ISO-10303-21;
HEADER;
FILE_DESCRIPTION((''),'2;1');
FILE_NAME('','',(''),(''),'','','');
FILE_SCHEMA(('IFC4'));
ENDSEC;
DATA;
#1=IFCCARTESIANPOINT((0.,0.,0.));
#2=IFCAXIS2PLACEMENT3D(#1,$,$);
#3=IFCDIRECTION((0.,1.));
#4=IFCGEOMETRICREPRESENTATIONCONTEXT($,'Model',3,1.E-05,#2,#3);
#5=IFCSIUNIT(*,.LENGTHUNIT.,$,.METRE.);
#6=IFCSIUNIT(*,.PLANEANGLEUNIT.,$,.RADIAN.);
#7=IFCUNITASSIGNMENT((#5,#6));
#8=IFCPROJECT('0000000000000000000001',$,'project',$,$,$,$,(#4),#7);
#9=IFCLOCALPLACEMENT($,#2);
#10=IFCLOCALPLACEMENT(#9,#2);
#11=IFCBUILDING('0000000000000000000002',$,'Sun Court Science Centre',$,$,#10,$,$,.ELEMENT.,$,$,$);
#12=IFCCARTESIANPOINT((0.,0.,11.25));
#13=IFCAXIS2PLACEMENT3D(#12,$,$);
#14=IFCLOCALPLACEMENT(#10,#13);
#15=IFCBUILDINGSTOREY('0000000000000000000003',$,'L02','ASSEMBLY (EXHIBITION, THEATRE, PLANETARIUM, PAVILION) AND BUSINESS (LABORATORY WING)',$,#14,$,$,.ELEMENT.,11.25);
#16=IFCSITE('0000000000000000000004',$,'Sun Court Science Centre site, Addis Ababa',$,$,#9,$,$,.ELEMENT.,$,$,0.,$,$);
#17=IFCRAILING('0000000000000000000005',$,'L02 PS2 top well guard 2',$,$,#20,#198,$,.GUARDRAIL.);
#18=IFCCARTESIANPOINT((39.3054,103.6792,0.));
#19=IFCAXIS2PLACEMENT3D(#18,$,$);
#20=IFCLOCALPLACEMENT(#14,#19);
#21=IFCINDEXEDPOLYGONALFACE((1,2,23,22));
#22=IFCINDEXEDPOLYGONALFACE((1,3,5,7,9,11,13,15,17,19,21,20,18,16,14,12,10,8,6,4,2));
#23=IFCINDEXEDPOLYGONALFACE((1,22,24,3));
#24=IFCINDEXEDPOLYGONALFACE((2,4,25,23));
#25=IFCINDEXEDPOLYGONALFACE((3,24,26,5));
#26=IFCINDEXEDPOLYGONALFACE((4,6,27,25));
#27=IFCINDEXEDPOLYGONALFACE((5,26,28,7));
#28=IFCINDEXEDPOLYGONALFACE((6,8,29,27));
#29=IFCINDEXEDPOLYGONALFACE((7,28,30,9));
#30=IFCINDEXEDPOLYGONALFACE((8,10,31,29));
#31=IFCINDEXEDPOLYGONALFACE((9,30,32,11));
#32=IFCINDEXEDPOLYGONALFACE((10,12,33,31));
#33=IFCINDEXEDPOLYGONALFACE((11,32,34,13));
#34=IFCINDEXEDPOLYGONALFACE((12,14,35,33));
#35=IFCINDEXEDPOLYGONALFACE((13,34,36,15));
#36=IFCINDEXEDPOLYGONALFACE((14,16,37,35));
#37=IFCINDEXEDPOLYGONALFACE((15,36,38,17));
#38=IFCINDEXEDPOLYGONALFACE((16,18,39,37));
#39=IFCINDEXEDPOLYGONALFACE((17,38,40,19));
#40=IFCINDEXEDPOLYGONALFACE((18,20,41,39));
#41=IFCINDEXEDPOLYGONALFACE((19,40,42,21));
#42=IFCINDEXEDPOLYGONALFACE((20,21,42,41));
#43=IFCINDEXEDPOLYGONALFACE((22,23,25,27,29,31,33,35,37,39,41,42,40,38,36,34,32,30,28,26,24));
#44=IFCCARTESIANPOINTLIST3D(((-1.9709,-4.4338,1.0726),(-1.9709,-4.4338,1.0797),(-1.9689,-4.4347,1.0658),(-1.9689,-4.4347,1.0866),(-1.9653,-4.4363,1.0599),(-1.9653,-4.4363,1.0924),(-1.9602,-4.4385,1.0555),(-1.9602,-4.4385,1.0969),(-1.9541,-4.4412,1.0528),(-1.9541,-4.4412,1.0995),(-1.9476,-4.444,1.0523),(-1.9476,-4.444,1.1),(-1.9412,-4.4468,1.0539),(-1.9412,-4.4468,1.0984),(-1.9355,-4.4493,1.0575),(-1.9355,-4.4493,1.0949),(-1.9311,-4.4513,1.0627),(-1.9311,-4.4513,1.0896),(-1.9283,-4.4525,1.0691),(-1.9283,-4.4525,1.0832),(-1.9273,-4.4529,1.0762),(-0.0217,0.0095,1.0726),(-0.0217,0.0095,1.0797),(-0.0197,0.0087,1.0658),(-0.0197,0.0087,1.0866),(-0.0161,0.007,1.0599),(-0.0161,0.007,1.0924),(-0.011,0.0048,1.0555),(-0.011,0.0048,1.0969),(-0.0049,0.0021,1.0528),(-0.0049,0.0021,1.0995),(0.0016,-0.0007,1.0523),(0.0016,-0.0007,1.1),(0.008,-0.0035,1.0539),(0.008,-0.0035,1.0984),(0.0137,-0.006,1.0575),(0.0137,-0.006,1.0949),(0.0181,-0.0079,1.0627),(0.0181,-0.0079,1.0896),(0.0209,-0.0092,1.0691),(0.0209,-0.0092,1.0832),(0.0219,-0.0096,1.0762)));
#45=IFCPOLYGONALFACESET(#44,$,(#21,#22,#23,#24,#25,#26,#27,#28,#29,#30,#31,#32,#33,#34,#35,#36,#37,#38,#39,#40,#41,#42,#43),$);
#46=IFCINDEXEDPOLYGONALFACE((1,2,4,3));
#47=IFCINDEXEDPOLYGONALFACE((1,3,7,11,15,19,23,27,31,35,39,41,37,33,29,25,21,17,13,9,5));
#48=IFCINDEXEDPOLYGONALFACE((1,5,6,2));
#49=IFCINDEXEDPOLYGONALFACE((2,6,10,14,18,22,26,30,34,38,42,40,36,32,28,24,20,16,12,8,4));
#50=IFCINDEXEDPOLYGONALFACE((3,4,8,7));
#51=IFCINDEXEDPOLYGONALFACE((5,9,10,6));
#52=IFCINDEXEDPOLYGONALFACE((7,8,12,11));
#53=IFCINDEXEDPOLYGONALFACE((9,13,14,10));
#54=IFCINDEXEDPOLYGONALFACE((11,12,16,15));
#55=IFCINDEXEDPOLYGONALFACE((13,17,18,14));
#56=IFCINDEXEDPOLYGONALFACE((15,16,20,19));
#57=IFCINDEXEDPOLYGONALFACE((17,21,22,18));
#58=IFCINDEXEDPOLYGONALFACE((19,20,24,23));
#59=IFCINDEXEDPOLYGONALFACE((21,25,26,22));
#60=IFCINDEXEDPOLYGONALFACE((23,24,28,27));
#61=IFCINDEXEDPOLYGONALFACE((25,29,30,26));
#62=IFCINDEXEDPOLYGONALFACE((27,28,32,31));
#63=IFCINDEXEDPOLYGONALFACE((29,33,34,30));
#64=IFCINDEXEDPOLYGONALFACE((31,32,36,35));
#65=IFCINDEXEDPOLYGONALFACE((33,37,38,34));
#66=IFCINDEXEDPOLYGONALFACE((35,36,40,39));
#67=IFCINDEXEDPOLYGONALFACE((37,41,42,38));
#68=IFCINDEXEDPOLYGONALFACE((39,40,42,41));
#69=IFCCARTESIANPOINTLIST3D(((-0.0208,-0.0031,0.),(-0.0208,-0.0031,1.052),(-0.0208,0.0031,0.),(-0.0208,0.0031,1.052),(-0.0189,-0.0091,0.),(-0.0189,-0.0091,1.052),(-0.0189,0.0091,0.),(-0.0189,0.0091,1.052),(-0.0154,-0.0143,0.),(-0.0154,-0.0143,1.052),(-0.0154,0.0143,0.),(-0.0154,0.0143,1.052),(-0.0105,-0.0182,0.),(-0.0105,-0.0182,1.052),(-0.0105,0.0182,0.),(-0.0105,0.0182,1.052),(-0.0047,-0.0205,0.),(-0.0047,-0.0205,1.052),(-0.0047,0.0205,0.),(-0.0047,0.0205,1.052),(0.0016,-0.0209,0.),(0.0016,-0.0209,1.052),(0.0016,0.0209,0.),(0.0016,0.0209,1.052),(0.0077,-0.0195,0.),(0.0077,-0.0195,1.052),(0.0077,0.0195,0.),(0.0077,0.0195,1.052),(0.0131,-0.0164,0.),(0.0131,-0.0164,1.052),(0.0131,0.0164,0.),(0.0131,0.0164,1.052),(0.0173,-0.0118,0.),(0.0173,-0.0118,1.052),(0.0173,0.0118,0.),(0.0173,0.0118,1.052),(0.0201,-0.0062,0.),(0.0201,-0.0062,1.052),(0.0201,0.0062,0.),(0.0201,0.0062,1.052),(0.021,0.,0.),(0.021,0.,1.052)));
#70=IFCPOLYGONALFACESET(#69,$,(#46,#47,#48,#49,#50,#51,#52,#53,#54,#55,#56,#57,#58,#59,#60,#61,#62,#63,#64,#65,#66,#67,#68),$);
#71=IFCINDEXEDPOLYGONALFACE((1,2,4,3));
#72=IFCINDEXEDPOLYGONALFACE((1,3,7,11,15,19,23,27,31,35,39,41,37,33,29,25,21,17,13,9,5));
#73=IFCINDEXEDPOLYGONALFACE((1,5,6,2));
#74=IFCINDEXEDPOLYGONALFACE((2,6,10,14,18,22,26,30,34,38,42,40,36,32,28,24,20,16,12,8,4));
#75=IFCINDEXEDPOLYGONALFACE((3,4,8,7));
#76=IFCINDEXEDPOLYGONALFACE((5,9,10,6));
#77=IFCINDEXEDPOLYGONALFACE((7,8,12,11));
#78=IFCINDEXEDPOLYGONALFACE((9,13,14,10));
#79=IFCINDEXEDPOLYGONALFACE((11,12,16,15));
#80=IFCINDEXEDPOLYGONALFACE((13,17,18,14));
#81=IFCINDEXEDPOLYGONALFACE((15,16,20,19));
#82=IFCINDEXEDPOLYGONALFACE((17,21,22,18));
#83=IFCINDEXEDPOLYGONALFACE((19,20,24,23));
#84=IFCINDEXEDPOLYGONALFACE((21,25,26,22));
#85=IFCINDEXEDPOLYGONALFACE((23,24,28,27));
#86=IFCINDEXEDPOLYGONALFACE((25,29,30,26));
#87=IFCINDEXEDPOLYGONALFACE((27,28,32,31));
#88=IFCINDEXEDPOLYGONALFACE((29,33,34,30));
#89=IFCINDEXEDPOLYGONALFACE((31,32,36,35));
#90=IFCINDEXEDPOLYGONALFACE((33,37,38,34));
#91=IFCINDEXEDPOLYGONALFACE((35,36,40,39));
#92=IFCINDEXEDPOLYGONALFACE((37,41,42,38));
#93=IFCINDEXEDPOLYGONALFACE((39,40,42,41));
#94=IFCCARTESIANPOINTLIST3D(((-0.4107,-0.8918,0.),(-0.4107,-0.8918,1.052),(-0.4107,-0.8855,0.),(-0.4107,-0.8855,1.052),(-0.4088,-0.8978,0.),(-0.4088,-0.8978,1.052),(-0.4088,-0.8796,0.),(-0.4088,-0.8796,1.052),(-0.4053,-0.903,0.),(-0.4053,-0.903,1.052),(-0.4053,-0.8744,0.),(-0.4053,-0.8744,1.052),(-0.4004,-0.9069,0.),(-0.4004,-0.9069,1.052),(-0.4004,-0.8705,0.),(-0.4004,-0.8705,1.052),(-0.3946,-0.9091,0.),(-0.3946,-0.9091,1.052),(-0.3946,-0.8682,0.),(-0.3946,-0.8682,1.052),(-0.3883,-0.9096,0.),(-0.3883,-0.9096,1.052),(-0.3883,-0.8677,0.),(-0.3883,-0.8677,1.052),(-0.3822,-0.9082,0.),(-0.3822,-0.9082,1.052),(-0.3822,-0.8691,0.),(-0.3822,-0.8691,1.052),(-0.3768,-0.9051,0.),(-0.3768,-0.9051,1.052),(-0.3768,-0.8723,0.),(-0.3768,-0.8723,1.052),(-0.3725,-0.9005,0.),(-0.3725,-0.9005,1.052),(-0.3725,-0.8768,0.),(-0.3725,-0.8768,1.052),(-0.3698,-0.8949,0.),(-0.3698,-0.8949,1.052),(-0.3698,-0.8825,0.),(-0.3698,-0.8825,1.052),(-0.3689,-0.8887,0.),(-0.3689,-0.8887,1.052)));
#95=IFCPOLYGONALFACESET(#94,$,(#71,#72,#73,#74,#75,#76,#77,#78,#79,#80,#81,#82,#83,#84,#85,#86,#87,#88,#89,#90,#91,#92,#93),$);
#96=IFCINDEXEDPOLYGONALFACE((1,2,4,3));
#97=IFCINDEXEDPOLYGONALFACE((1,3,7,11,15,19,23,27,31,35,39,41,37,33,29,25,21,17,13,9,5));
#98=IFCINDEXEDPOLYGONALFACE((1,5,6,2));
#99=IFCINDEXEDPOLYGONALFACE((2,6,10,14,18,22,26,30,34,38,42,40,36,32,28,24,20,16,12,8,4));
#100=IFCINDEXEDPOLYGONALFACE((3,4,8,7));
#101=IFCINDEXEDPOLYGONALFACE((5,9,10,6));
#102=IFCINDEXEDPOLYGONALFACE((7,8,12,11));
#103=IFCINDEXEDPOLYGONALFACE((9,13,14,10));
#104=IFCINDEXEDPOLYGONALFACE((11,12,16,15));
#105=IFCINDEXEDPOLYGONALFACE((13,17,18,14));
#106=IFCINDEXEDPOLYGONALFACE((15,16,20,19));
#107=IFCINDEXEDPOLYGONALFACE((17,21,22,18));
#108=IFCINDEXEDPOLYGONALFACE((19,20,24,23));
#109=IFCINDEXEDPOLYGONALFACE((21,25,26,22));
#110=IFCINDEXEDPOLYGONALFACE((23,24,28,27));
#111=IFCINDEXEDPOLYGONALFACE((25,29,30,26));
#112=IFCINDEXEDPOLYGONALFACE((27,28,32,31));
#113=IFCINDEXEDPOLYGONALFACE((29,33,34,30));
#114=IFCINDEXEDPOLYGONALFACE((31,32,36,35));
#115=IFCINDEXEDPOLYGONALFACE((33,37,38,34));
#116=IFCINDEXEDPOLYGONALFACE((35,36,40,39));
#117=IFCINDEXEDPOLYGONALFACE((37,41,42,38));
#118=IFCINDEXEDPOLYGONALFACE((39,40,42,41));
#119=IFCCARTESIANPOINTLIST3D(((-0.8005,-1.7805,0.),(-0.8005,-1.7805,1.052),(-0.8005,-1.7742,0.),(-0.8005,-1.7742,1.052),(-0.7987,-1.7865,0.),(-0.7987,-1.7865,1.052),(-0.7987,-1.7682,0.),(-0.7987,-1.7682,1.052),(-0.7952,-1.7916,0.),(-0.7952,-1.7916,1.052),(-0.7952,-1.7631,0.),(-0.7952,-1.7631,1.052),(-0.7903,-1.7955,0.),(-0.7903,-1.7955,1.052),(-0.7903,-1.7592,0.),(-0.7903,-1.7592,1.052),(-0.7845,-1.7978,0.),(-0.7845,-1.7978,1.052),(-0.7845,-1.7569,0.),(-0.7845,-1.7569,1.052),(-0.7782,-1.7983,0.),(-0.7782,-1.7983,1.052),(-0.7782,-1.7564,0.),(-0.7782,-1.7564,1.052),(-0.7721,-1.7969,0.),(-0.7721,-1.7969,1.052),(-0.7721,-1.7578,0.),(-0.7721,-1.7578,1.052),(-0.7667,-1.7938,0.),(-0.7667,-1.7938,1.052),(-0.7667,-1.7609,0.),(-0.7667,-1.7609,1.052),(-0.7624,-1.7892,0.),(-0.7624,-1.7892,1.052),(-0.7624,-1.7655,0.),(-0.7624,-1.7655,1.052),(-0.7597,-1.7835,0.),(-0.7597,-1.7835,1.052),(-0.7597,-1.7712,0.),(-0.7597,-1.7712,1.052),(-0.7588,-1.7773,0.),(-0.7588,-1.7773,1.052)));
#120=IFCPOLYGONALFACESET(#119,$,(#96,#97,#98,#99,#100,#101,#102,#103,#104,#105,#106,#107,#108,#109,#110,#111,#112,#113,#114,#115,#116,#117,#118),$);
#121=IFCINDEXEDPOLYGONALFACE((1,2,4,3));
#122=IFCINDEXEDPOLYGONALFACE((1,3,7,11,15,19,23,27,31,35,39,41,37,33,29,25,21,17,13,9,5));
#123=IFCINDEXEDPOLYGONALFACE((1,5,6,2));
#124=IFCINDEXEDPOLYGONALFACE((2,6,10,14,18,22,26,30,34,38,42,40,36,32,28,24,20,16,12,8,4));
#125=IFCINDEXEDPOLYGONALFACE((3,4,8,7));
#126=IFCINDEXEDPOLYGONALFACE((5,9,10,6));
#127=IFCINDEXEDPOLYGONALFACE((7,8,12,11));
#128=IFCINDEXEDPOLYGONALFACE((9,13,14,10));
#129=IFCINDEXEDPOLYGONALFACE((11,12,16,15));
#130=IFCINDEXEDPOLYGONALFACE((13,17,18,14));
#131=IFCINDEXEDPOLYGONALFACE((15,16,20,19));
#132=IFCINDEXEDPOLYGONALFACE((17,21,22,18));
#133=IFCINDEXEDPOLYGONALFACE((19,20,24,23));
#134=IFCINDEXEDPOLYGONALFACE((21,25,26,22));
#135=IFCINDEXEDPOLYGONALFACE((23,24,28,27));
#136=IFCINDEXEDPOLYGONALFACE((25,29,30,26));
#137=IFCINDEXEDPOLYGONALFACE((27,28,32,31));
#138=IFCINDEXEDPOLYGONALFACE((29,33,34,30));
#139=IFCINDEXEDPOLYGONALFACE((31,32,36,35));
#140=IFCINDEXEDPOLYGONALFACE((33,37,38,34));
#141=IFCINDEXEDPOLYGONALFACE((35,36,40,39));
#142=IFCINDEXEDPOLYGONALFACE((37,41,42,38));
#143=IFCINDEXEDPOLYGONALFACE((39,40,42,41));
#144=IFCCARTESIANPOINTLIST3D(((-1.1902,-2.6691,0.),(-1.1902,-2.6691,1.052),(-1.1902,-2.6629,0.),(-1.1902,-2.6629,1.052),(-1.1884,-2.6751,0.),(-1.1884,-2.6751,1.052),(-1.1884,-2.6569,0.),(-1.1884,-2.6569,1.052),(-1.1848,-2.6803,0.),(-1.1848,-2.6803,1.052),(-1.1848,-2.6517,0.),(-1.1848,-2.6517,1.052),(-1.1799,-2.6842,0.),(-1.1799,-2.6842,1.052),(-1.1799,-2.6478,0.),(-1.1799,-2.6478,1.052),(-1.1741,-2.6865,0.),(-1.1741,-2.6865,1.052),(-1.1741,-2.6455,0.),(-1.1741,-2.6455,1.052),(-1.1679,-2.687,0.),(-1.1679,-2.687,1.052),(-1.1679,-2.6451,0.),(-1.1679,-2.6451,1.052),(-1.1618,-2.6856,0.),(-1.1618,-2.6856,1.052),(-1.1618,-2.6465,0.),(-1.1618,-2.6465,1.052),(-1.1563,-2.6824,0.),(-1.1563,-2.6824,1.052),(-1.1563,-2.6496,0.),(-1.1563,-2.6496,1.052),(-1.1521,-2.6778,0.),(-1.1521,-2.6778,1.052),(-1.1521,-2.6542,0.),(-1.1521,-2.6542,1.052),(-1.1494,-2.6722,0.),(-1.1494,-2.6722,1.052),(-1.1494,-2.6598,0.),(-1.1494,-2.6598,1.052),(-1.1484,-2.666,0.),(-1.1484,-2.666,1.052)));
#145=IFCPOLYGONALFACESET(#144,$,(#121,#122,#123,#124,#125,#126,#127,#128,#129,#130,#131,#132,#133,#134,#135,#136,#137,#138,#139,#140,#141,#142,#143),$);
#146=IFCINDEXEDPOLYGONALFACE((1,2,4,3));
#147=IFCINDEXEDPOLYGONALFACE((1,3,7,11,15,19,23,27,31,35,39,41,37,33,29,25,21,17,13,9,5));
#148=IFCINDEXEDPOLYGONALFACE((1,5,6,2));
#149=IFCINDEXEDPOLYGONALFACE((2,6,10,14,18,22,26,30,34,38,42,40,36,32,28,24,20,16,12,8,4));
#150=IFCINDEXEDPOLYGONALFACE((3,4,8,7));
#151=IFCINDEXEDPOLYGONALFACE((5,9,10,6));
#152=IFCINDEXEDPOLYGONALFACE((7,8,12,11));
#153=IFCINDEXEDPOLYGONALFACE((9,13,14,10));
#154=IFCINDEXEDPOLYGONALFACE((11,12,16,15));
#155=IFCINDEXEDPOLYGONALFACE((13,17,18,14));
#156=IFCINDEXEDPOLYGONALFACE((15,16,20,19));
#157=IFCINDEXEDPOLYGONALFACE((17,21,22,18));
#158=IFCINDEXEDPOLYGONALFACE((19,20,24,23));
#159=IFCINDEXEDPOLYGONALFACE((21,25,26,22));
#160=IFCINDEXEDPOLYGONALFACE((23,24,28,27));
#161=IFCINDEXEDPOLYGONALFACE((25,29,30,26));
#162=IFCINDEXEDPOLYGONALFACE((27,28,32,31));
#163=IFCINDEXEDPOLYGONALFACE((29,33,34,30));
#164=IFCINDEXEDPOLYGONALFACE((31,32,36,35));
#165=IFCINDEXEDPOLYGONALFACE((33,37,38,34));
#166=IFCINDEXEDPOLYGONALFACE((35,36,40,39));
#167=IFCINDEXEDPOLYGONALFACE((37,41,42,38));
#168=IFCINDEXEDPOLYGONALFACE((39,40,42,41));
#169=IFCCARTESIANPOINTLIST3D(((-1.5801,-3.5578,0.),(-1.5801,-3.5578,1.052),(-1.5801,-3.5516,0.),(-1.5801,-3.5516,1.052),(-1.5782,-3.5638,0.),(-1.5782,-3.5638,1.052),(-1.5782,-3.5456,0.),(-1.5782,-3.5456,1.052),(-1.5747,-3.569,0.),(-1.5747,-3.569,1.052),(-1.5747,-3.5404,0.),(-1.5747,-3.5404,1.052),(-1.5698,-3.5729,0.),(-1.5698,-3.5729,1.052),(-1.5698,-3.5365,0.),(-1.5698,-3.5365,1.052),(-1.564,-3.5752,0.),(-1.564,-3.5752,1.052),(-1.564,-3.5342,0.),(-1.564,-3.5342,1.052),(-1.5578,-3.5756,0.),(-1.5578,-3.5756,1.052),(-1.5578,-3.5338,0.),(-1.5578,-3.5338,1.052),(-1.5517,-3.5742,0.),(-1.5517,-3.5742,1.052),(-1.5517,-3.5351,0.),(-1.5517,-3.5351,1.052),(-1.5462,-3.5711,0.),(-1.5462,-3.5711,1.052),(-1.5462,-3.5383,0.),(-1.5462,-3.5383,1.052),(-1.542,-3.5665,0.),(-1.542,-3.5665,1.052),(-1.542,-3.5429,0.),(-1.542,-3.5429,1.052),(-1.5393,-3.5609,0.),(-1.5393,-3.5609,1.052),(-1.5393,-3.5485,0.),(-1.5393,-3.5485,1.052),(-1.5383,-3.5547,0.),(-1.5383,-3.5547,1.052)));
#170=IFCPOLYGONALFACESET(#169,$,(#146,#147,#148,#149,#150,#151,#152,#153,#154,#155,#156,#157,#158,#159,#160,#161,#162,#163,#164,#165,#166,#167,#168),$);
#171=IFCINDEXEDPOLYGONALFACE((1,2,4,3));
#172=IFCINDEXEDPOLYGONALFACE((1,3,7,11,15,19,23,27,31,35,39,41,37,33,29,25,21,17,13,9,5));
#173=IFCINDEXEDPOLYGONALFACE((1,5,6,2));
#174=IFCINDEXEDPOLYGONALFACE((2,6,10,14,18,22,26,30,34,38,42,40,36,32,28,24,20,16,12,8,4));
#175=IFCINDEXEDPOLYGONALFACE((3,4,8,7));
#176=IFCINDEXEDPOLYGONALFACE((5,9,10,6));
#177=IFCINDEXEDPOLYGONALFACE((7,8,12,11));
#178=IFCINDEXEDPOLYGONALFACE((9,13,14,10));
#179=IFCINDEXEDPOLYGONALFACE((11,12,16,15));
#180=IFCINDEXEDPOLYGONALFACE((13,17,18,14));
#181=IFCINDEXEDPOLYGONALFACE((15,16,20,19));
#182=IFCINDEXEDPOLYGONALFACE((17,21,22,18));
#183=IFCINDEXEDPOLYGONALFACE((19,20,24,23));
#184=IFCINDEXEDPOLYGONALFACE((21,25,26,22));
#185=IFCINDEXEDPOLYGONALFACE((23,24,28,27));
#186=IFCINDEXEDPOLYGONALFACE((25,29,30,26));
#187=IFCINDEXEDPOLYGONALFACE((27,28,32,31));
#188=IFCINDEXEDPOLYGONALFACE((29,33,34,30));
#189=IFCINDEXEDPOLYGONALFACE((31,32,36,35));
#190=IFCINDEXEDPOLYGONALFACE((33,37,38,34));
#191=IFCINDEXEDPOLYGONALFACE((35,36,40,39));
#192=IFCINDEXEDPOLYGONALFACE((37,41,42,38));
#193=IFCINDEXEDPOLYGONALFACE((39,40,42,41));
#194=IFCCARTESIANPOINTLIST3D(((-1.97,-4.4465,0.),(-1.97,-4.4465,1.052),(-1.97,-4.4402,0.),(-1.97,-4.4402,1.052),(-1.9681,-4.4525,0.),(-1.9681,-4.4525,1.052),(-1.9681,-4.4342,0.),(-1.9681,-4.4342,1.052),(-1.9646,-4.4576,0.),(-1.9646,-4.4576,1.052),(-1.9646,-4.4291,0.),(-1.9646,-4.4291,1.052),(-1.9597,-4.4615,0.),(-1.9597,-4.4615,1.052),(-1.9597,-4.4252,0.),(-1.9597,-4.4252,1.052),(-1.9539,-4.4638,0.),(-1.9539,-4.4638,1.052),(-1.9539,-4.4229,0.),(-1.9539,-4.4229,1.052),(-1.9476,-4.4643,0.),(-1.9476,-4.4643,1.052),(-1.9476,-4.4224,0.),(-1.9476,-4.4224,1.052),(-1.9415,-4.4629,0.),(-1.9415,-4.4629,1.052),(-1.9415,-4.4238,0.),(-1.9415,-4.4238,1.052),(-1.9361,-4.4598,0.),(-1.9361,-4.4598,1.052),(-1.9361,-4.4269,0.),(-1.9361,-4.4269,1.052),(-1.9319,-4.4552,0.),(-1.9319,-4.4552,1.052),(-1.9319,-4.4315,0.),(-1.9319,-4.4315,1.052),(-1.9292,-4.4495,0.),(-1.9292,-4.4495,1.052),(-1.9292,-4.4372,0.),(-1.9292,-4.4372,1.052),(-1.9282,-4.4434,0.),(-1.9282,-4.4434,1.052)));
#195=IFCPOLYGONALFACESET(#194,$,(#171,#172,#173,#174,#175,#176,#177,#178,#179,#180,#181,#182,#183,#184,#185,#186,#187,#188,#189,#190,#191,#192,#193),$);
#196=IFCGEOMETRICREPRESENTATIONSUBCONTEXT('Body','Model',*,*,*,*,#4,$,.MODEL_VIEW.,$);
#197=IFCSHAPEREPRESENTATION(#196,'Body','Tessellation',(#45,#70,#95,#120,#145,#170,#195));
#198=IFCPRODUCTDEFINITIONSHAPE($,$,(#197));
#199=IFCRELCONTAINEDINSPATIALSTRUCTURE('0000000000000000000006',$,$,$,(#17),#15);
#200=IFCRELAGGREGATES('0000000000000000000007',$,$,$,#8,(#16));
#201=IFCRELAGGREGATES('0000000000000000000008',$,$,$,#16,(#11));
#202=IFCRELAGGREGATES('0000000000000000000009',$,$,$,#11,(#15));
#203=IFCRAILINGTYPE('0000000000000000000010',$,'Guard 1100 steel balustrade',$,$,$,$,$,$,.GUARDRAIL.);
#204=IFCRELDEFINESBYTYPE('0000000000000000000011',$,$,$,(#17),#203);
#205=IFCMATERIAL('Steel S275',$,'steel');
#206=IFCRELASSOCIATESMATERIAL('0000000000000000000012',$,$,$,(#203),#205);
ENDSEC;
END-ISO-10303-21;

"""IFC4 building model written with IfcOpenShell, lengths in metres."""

from ifc_helpers import new_model, si_unit, direction, frame, origin, origin_2d, place, context, subcontext, project, spatial, circle, extrude, material, type_object, element, save


model = new_model("IFC4")

# Units and contexts
model_context = context("Model", 3, precision=1e-05, world=origin(), true_north=direction((0.0, 1.0)))
body_context = subcontext(model_context, "Body", "Model", "MODEL_VIEW")
ifc_project = project(units=[si_unit("LENGTHUNIT", "METRE"), si_unit("PLANEANGLEUNIT", "RADIAN")], contexts=[model_context])

# Site, building, storey
site_placement = place(None, origin())
site = spatial("IfcSite", under=ifc_project, at=site_placement, Name="Sun Court Science Centre site, Addis Ababa", CompositionType="ELEMENT", RefElevation=0.0)
building_placement = place(site_placement, origin())
building = spatial("IfcBuilding", under=site, at=building_placement, Name="Sun Court Science Centre", CompositionType="ELEMENT")
storey_placement = place(building_placement, frame((0.0, 0.0, 11.25)))
storey = spatial("IfcBuildingStorey", under=building, at=storey_placement, Name="L02", Description="ASSEMBLY (EXHIBITION, THEATRE, PLANETARIUM, PAVILION) AND BUSINESS (LABORATORY WING)", CompositionType="ELEMENT", Elevation=11.25)

# Railing
ifc_material_1 = material(Name="Steel S275", Category="steel")
railing_type = type_object("IfcRailingType", Name="Guard 1100 steel balustrade", PredefinedType="GUARDRAIL", material=ifc_material_1)
railing_1_placement = place(storey_placement, frame((39.3054, 103.6792, 0.0)))
element("IfcRailing", 1, at=railing_1_placement, inside=storey, type_object=railing_type, Name="L02 PS2 top well guard 2", PredefinedType="GUARDRAIL", context=body_context, shape_type="SweptSolid", body=[
    extrude(circle(Radius=0.0239, at=origin_2d()), frame((0.0, 0.0, 1.0762), z_axis=(-0.401727, -0.91576, 0.0), x_axis=(0.91576, -0.401727, 0.0)), (0.0, 0.0, 1.0), 4.8521),
    extrude(circle(Radius=0.021, at=origin_2d()), origin(), (0.0, 0.0, 1.0), 1.052),
    extrude(circle(Radius=0.021, at=origin_2d()), frame((-0.3899, -0.8887, 0.0)), (0.0, 0.0, 1.0), 1.052),
    extrude(circle(Radius=0.021, at=origin_2d()), frame((-0.7798, -1.7773, 0.0)), (0.0, 0.0, 1.0), 1.052),
    extrude(circle(Radius=0.021, at=origin_2d()), frame((-1.1694, -2.666, 0.0)), (0.0, 0.0, 1.0), 1.052),
    extrude(circle(Radius=0.021, at=origin_2d()), frame((-1.5593, -3.5547, 0.0)), (0.0, 0.0, 1.0), 1.052),
    extrude(circle(Radius=0.021, at=origin_2d()), frame((-1.9492, -4.4434, 0.0)), (0.0, 0.0, 1.0), 1.052),
])

save(model, "model.ifc")
